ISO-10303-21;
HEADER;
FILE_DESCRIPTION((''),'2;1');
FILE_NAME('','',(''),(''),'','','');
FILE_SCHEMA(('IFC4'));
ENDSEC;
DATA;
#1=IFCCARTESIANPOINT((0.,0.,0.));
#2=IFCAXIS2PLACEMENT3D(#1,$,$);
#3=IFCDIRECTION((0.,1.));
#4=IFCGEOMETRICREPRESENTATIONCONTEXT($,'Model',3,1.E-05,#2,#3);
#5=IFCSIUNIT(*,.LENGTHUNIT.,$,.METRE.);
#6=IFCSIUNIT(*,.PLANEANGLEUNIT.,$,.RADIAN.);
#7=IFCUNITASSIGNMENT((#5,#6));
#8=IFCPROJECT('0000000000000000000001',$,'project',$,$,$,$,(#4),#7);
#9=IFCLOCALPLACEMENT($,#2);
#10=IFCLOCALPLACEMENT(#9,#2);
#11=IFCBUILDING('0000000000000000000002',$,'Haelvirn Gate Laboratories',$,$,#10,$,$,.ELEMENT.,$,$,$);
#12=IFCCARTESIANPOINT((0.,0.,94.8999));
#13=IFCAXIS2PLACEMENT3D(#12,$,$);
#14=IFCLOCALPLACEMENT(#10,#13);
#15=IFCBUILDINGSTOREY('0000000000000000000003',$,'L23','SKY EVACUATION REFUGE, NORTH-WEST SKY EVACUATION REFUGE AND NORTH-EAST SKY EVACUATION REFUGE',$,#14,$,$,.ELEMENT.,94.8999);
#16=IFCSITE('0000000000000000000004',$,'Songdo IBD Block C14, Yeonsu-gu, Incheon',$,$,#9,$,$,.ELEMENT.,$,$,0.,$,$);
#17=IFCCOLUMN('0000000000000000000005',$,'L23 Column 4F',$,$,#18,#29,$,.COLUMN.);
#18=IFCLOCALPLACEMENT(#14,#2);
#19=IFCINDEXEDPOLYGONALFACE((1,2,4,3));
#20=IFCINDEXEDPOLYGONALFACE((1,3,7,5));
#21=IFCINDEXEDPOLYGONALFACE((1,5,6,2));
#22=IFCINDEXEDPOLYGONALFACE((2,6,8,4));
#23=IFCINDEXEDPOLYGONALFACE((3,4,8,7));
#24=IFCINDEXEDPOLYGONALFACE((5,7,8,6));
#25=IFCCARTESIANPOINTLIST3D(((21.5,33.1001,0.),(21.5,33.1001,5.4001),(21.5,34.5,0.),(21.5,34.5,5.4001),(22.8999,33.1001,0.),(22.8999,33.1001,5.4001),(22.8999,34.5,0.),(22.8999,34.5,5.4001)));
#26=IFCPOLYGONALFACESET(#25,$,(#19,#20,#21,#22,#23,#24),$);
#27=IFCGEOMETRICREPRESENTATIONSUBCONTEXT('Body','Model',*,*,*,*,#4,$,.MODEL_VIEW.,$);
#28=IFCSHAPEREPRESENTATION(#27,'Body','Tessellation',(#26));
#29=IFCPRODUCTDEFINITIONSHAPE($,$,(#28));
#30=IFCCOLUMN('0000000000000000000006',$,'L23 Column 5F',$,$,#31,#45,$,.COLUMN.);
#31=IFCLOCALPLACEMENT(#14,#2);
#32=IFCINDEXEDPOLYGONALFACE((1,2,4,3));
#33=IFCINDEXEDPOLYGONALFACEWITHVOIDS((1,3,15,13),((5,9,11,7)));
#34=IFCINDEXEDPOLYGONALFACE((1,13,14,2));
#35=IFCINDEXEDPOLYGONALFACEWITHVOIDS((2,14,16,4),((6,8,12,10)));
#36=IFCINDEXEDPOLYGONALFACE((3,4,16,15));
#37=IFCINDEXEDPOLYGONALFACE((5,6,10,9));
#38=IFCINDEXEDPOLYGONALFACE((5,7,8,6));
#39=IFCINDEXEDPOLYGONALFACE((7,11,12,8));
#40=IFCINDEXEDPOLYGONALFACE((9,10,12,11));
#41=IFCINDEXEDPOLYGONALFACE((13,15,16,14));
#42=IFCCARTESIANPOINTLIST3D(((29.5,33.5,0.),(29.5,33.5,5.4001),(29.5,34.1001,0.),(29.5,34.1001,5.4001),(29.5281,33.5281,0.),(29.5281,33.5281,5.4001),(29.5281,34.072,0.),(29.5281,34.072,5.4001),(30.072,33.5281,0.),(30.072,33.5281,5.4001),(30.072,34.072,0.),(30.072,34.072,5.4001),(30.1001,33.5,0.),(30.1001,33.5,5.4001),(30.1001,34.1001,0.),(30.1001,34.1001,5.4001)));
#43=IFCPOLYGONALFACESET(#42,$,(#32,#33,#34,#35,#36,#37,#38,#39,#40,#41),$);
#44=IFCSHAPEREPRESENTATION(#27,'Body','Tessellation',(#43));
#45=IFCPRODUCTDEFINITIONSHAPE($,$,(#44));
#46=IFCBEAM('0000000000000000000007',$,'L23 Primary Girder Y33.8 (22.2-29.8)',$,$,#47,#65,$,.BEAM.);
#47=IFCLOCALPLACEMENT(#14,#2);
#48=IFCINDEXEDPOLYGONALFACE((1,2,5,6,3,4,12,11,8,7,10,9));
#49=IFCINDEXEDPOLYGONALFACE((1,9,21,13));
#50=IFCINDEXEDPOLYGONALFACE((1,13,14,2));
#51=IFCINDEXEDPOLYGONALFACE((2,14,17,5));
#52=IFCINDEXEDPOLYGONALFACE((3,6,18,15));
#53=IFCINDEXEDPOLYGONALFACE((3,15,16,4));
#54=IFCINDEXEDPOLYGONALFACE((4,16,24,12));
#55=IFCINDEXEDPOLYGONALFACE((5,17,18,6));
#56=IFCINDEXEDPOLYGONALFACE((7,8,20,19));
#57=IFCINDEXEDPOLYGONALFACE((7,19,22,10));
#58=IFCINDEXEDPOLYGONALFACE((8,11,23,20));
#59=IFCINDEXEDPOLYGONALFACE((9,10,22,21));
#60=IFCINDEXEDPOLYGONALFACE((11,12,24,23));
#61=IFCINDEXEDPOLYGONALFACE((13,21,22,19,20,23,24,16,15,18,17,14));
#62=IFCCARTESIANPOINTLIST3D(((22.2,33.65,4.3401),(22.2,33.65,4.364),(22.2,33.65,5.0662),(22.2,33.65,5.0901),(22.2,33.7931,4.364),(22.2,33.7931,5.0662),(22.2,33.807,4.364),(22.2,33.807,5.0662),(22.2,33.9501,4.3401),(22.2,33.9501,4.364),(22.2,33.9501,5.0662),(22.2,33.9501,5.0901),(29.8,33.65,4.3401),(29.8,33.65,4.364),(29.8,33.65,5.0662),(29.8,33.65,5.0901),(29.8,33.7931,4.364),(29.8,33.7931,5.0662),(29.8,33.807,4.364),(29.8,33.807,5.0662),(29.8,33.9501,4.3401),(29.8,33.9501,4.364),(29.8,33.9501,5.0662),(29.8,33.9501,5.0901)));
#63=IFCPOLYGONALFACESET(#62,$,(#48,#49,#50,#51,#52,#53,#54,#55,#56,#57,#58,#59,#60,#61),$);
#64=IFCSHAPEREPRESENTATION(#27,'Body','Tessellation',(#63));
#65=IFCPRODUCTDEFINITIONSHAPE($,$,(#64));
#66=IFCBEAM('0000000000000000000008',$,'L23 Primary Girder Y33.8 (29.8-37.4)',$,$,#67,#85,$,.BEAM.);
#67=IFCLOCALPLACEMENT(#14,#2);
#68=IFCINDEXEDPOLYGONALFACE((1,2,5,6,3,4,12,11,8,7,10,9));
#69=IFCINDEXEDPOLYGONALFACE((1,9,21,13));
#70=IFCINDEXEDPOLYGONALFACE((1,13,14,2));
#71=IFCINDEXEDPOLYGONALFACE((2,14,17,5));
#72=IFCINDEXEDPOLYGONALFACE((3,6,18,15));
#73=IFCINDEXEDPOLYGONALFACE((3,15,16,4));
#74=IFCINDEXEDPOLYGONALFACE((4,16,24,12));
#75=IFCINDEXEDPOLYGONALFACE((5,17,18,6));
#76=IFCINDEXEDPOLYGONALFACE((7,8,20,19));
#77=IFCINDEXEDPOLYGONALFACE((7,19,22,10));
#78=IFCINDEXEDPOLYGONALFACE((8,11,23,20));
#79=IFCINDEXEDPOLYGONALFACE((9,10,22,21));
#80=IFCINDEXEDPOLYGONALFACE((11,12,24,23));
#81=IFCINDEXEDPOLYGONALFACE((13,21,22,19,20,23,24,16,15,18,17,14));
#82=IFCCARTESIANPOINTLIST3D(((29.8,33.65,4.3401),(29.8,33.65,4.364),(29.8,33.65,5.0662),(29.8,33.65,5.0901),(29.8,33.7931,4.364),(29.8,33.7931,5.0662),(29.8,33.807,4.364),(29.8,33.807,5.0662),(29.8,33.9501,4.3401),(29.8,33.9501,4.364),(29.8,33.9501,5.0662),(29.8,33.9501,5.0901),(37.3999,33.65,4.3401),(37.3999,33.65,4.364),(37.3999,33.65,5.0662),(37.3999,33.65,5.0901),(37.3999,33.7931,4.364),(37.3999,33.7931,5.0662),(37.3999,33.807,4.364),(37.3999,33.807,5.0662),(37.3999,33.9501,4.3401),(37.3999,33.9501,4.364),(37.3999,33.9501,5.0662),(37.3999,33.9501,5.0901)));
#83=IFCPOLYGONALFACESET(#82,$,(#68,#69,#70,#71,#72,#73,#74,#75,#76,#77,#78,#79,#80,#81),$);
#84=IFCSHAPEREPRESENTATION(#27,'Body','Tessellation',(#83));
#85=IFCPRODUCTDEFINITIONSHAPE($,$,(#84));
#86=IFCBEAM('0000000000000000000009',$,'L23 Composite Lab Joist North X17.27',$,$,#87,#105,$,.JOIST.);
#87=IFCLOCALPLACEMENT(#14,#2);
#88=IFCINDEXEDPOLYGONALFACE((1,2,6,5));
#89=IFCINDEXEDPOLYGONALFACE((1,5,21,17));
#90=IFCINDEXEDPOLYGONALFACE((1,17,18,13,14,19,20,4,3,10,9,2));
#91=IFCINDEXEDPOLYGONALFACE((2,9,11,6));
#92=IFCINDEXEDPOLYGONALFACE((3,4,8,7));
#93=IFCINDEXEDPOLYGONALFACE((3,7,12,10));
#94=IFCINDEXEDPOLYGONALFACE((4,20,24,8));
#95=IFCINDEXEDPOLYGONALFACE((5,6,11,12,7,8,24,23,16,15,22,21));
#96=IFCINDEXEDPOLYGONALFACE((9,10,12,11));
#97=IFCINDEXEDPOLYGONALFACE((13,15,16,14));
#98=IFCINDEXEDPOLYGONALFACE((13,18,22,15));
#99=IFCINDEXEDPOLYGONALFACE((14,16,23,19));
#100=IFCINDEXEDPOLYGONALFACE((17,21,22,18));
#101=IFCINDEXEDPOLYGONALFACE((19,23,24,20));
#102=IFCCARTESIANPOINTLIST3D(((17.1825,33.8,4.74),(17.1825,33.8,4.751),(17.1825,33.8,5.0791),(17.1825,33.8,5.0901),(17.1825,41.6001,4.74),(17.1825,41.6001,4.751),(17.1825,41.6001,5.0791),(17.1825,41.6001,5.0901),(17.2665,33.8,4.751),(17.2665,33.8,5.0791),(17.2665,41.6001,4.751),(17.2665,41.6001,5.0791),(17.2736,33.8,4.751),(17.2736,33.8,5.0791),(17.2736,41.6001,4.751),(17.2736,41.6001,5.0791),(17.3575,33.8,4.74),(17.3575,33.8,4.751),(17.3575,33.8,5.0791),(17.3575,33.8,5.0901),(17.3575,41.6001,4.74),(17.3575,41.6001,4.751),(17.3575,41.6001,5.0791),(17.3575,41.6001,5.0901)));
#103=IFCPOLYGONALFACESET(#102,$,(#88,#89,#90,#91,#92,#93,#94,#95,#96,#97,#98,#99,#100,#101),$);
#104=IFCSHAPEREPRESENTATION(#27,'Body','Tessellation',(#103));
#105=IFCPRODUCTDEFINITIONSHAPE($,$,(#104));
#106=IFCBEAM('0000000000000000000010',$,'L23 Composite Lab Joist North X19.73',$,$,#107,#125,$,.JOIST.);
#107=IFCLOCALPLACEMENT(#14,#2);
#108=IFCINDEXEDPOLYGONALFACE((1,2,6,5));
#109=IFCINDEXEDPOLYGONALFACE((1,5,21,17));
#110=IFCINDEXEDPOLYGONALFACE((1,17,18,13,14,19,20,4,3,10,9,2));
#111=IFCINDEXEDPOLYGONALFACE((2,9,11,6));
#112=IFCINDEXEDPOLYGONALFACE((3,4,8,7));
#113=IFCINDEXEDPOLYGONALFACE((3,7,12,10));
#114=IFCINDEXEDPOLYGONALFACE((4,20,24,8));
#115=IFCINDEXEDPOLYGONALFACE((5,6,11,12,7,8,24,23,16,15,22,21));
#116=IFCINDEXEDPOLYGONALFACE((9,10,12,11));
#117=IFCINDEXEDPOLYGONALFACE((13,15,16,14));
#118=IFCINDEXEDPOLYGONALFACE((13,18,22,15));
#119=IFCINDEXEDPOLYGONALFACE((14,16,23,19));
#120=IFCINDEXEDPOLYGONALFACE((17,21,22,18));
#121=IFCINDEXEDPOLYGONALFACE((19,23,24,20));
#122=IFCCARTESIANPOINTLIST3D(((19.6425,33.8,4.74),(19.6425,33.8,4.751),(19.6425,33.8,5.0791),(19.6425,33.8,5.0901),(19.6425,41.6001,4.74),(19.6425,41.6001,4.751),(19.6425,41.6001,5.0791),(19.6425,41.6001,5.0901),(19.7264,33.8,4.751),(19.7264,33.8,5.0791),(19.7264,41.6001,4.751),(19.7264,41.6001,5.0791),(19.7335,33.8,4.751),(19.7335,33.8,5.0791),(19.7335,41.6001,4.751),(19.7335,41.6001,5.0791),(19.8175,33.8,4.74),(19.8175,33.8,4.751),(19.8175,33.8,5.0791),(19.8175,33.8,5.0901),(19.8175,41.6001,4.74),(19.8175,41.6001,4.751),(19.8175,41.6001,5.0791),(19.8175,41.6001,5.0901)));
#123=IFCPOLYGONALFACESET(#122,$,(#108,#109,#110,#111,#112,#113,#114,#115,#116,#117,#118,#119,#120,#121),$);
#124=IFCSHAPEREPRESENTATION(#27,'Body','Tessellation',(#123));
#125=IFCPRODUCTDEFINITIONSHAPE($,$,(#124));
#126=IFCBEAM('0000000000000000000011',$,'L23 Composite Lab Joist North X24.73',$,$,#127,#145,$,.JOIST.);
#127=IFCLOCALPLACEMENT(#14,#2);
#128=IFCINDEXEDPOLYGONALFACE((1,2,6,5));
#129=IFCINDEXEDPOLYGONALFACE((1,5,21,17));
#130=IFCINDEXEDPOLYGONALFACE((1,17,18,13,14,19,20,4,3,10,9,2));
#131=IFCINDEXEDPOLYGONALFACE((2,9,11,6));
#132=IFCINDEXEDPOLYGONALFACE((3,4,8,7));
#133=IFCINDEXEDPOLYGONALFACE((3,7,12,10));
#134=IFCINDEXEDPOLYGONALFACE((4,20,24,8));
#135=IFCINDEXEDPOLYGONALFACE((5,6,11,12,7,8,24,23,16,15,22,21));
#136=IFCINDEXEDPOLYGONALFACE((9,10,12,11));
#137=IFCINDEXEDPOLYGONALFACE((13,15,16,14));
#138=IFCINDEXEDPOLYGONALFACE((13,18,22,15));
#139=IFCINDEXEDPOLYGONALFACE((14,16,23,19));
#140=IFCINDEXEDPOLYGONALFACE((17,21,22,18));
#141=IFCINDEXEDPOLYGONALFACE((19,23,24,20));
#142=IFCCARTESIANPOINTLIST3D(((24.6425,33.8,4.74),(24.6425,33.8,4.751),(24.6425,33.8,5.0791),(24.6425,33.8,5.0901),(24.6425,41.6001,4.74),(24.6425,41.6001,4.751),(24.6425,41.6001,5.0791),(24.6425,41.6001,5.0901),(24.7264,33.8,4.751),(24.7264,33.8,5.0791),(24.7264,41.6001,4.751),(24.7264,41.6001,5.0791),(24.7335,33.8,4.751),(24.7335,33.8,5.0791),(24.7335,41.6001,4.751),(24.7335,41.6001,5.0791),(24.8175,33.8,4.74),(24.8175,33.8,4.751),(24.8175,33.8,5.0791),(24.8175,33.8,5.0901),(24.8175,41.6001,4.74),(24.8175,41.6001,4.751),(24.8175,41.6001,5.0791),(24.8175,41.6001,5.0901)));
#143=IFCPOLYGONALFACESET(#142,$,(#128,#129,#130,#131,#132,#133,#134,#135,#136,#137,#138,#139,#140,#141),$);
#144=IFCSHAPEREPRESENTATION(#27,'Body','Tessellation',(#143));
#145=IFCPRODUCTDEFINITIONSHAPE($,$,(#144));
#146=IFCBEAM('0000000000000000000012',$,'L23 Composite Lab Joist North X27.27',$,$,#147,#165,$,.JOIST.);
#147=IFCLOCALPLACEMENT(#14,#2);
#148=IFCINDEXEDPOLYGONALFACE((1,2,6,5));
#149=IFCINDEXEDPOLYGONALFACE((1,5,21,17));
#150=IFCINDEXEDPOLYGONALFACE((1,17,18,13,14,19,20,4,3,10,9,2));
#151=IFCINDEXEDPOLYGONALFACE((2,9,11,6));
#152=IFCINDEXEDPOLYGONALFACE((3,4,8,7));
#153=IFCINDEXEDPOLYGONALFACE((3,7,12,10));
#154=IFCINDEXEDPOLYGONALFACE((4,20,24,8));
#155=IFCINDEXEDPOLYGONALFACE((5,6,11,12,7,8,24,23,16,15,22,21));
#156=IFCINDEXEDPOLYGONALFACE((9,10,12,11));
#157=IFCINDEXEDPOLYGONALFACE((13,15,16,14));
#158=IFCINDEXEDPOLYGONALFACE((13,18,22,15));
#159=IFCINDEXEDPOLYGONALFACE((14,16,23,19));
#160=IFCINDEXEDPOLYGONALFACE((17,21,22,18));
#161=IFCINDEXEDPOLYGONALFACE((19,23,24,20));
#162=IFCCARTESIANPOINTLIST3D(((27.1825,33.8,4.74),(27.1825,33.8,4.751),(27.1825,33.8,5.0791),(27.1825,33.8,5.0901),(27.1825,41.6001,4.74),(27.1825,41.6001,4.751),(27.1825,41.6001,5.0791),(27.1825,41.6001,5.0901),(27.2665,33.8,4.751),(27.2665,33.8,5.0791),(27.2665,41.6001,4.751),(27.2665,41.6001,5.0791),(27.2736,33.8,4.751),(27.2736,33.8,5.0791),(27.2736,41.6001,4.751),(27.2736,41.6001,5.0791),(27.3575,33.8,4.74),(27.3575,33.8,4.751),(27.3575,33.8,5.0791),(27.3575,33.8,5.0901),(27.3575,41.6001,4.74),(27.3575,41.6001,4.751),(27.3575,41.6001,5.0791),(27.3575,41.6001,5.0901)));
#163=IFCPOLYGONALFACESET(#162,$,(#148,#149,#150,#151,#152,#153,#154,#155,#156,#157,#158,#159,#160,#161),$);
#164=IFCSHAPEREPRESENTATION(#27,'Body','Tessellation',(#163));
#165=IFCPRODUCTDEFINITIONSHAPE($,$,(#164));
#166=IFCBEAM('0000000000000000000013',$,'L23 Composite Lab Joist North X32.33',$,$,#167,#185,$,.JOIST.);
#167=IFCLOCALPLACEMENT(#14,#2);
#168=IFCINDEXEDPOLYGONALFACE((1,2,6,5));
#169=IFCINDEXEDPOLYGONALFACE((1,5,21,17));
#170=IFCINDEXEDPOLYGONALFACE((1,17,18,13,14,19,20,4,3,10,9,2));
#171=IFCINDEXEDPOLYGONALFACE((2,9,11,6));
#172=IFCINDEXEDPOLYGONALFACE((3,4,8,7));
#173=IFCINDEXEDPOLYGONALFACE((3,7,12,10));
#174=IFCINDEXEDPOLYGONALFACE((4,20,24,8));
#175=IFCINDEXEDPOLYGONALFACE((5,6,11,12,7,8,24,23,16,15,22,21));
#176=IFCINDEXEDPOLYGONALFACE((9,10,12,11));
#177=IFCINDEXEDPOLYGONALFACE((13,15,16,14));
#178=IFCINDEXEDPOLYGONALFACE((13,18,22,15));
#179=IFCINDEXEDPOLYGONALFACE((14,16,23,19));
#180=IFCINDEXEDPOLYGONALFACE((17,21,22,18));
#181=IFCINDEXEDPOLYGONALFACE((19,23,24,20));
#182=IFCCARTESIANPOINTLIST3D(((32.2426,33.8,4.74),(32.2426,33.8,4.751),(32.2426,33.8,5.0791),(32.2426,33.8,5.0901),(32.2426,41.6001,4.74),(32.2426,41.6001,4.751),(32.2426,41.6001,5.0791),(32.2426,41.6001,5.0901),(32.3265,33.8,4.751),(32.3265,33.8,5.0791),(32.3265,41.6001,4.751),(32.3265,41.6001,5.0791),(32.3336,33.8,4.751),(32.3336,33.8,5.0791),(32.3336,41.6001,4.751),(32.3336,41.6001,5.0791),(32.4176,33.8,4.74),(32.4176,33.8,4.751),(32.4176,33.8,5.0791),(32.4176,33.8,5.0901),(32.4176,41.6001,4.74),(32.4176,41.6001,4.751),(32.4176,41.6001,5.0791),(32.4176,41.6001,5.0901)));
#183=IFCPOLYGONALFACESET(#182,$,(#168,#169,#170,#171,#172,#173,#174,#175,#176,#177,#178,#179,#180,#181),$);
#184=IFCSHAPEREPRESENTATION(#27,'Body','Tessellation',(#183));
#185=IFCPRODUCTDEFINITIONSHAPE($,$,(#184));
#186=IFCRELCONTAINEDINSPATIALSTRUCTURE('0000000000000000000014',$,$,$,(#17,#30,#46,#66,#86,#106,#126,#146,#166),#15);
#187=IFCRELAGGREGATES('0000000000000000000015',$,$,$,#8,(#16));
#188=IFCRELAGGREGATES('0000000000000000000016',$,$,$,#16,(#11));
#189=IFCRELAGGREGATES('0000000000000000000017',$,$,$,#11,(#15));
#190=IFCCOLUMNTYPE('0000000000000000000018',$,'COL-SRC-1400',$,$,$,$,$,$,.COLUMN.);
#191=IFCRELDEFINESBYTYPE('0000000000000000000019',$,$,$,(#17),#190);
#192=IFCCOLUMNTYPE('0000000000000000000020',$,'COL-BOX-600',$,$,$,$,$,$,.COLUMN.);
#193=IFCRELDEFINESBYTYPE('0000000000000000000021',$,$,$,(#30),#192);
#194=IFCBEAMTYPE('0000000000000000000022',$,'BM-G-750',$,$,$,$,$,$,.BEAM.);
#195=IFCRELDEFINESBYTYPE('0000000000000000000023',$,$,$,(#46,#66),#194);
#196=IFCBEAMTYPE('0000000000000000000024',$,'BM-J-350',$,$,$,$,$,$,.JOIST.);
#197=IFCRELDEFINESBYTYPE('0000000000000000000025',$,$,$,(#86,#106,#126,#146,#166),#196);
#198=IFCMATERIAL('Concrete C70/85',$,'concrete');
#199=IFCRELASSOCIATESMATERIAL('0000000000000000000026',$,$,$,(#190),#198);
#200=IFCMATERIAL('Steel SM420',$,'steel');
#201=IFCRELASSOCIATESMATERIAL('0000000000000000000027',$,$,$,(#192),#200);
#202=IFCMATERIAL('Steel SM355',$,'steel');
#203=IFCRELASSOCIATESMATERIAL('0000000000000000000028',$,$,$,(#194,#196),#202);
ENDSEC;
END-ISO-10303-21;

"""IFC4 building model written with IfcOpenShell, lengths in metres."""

from ifc_helpers import new_model, si_unit, direction, frame, origin, origin_2d, place, context, subcontext, project, spatial, rectangle, hollow_rectangle, i_section, extrude, source, transform, mapped, material, material_profile, profile_set, type_object, type_shapes, element, save


model = new_model("IFC4")

# Units and contexts
model_context = context("Model", 3, precision=1e-05, world=origin(), true_north=direction((0.0, 1.0)))
body_context = subcontext(model_context, "Body", "Model", "MODEL_VIEW")
ifc_project = project(units=[si_unit("LENGTHUNIT", "METRE"), si_unit("PLANEANGLEUNIT", "RADIAN")], contexts=[model_context])

# Site, building, storey
site_placement = place(None, origin())
site = spatial("IfcSite", under=ifc_project, at=site_placement, Name="Songdo IBD Block C14, Yeonsu-gu, Incheon", CompositionType="ELEMENT", RefElevation=0.0)
building_placement = place(site_placement, origin())
building = spatial("IfcBuilding", under=site, at=building_placement, Name="Haelvirn Gate Laboratories", CompositionType="ELEMENT")
storey_placement = place(building_placement, frame((0.0, 0.0, 94.8999)))
storey = spatial("IfcBuildingStorey", under=building, at=storey_placement, Name="L23", Description="SKY EVACUATION REFUGE, NORTH-WEST SKY EVACUATION REFUGE AND NORTH-EAST SKY EVACUATION REFUGE", CompositionType="ELEMENT", Elevation=94.8999)

# Columns
ifc_material_1 = material(Name="Concrete C70/85", Category="concrete")
ifc_material_profile_1 = material_profile(ifc_material_1, rectangle(XDim=1.3999, YDim=1.3999, at=origin_2d()), Name="SRC-1400x1400")
ifc_profile_set_1 = profile_set([ifc_material_profile_1], Name="Concrete C70/85")
column_type_1 = type_object("IfcColumnType", Name="COL-SRC-1400", PredefinedType="COLUMN", material=ifc_profile_set_1)
shared_shape_1 = source(origin(), body_context, "Body", "SweptSolid", [
    extrude(rectangle(XDim=1.3999, YDim=1.3999, at=origin_2d()), origin(), (0.0, 0.0, 1.0), 5.4001),
])
type_shapes(column_type_1, [shared_shape_1])
column_1_placement = place(storey_placement, frame((22.2, 33.8, 0.0), z_axis=(0.0, 0.0, 1.0), x_axis=(1.0, 0.0, 0.0)))
element("IfcColumn", 1, at=column_1_placement, inside=storey, type_object=column_type_1, Name="L23 Column 4F", PredefinedType="COLUMN", context=body_context, shape_type="MappedRepresentation", body=[
    mapped(shared_shape_1, transform((0.0, 0.0, 0.0), scale=1.0)),
])
ifc_material_2 = material(Name="Steel SM420", Category="steel")
ifc_material_profile_2 = material_profile(ifc_material_2, hollow_rectangle(XDim=0.6001, YDim=0.6001, WallThickness=0.0281, at=origin_2d()), Name="BOX-600x600x28")
ifc_profile_set_2 = profile_set([ifc_material_profile_2], Name="Steel SM420")
column_type_2 = type_object("IfcColumnType", Name="COL-BOX-600", PredefinedType="COLUMN", material=ifc_profile_set_2)
shared_shape_2 = source(origin(), body_context, "Body", "SweptSolid", [
    extrude(hollow_rectangle(XDim=0.6001, YDim=0.6001, WallThickness=0.0281, at=origin_2d()), origin(), (0.0, 0.0, 1.0), 5.4001),
])
type_shapes(column_type_2, [shared_shape_2])
column_2_placement = place(storey_placement, frame((29.8, 33.8, 0.0), z_axis=(0.0, 0.0, 1.0), x_axis=(1.0, 0.0, 0.0)))
element("IfcColumn", 2, at=column_2_placement, inside=storey, type_object=column_type_2, Name="L23 Column 5F", PredefinedType="COLUMN", context=body_context, shape_type="MappedRepresentation", body=[
    mapped(shared_shape_2, transform((0.0, 0.0, 0.0), scale=1.0)),
])

# Beams
ifc_material_3 = material(Name="Steel SM355", Category="steel")
ifc_material_profile_3 = material_profile(ifc_material_3, i_section(OverallWidth=0.3, OverallDepth=0.75, WebThickness=0.0139, FlangeThickness=0.0239, at=origin_2d()), Name="H-750x300x14x24")
ifc_profile_set_3 = profile_set([ifc_material_profile_3], Name="Steel SM355")
beam_type_1 = type_object("IfcBeamType", Name="BM-G-750", PredefinedType="BEAM", material=ifc_profile_set_3)
shared_shape_3 = source(origin(), body_context, "Body", "SweptSolid", [
    extrude(i_section(OverallWidth=0.3, OverallDepth=0.75, WebThickness=0.0139, FlangeThickness=0.0239, at=origin_2d()), origin(), (0.0, 0.0, 1.0), 7.6001),
])
beam_1_placement = place(storey_placement, frame((22.2, 33.8, 4.7151), z_axis=(1.0, 0.0, 0.0), x_axis=(0.0, 1.0, 0.0)))
element("IfcBeam", 3, at=beam_1_placement, inside=storey, type_object=beam_type_1, Name="L23 Primary Girder Y33.8 (22.2-29.8)", PredefinedType="BEAM", context=body_context, shape_type="MappedRepresentation", body=[
    mapped(shared_shape_3, transform((0.0, 0.0, 0.0), scale=1.0)),
])
shared_shape_4 = source(origin(), body_context, "Body", "SweptSolid", [
    extrude(i_section(OverallWidth=0.3, OverallDepth=0.75, WebThickness=0.0139, FlangeThickness=0.0239, at=origin_2d()), origin(), (0.0, 0.0, 1.0), 7.5999),
])
type_shapes(beam_type_1, [shared_shape_3, shared_shape_4])
beam_2_placement = place(storey_placement, frame((29.8, 33.8, 4.7151), z_axis=(1.0, 0.0, 0.0), x_axis=(0.0, 1.0, 0.0)))
element("IfcBeam", 4, at=beam_2_placement, inside=storey, type_object=beam_type_1, Name="L23 Primary Girder Y33.8 (29.8-37.4)", PredefinedType="BEAM", context=body_context, shape_type="MappedRepresentation", body=[
    mapped(shared_shape_4, transform((0.0, 0.0, 0.0), scale=1.0)),
])
ifc_material_profile_4 = material_profile(ifc_material_3, i_section(OverallWidth=0.175, OverallDepth=0.3501, WebThickness=0.0071, FlangeThickness=0.011, at=origin_2d()), Name="H-350x175x7x11")
ifc_profile_set_4 = profile_set([ifc_material_profile_4], Name="Steel SM355")
beam_type_2 = type_object("IfcBeamType", Name="BM-J-350", PredefinedType="JOIST", material=ifc_profile_set_4)
shared_shape_5 = source(origin(), body_context, "Body", "SweptSolid", [
    extrude(i_section(OverallWidth=0.175, OverallDepth=0.3501, WebThickness=0.0071, FlangeThickness=0.011, at=origin_2d()), origin(), (0.0, 0.0, 1.0), 7.8),
])
type_shapes(beam_type_2, [shared_shape_5])
for number, where, z_axis, x_axis, name in (
    (5, (17.27, 33.8, 4.915), (0.0, 1.0, 0.0), (-1.0, 0.0, 0.0), "L23 Composite Lab Joist North X17.27"),
    (6, (19.73, 33.8, 4.915), (0.0, 1.0, 0.0), (-1.0, 0.0, 0.0), "L23 Composite Lab Joist North X19.73"),
    (7, (24.73, 33.8, 4.915), (0.0, 1.0, 0.0), (-1.0, 0.0, 0.0), "L23 Composite Lab Joist North X24.73"),
    (8, (27.27, 33.8, 4.915), (0.0, 1.0, 0.0), (-1.0, 0.0, 0.0), "L23 Composite Lab Joist North X27.27"),
    (9, (32.3301, 33.8, 4.915), (0.0, 1.0, 0.0), (-1.0, 0.0, 0.0), "L23 Composite Lab Joist North X32.33"),
):
    element("IfcBeam", number, at=place(storey_placement, frame(where, z_axis=z_axis, x_axis=x_axis)), inside=storey, type_object=beam_type_2, Name=name, PredefinedType="JOIST", context=body_context, shape_type="MappedRepresentation", body=[
        mapped(shared_shape_5, transform((0.0, 0.0, 0.0), scale=1.0)),
    ])

save(model, "model.ifc")
